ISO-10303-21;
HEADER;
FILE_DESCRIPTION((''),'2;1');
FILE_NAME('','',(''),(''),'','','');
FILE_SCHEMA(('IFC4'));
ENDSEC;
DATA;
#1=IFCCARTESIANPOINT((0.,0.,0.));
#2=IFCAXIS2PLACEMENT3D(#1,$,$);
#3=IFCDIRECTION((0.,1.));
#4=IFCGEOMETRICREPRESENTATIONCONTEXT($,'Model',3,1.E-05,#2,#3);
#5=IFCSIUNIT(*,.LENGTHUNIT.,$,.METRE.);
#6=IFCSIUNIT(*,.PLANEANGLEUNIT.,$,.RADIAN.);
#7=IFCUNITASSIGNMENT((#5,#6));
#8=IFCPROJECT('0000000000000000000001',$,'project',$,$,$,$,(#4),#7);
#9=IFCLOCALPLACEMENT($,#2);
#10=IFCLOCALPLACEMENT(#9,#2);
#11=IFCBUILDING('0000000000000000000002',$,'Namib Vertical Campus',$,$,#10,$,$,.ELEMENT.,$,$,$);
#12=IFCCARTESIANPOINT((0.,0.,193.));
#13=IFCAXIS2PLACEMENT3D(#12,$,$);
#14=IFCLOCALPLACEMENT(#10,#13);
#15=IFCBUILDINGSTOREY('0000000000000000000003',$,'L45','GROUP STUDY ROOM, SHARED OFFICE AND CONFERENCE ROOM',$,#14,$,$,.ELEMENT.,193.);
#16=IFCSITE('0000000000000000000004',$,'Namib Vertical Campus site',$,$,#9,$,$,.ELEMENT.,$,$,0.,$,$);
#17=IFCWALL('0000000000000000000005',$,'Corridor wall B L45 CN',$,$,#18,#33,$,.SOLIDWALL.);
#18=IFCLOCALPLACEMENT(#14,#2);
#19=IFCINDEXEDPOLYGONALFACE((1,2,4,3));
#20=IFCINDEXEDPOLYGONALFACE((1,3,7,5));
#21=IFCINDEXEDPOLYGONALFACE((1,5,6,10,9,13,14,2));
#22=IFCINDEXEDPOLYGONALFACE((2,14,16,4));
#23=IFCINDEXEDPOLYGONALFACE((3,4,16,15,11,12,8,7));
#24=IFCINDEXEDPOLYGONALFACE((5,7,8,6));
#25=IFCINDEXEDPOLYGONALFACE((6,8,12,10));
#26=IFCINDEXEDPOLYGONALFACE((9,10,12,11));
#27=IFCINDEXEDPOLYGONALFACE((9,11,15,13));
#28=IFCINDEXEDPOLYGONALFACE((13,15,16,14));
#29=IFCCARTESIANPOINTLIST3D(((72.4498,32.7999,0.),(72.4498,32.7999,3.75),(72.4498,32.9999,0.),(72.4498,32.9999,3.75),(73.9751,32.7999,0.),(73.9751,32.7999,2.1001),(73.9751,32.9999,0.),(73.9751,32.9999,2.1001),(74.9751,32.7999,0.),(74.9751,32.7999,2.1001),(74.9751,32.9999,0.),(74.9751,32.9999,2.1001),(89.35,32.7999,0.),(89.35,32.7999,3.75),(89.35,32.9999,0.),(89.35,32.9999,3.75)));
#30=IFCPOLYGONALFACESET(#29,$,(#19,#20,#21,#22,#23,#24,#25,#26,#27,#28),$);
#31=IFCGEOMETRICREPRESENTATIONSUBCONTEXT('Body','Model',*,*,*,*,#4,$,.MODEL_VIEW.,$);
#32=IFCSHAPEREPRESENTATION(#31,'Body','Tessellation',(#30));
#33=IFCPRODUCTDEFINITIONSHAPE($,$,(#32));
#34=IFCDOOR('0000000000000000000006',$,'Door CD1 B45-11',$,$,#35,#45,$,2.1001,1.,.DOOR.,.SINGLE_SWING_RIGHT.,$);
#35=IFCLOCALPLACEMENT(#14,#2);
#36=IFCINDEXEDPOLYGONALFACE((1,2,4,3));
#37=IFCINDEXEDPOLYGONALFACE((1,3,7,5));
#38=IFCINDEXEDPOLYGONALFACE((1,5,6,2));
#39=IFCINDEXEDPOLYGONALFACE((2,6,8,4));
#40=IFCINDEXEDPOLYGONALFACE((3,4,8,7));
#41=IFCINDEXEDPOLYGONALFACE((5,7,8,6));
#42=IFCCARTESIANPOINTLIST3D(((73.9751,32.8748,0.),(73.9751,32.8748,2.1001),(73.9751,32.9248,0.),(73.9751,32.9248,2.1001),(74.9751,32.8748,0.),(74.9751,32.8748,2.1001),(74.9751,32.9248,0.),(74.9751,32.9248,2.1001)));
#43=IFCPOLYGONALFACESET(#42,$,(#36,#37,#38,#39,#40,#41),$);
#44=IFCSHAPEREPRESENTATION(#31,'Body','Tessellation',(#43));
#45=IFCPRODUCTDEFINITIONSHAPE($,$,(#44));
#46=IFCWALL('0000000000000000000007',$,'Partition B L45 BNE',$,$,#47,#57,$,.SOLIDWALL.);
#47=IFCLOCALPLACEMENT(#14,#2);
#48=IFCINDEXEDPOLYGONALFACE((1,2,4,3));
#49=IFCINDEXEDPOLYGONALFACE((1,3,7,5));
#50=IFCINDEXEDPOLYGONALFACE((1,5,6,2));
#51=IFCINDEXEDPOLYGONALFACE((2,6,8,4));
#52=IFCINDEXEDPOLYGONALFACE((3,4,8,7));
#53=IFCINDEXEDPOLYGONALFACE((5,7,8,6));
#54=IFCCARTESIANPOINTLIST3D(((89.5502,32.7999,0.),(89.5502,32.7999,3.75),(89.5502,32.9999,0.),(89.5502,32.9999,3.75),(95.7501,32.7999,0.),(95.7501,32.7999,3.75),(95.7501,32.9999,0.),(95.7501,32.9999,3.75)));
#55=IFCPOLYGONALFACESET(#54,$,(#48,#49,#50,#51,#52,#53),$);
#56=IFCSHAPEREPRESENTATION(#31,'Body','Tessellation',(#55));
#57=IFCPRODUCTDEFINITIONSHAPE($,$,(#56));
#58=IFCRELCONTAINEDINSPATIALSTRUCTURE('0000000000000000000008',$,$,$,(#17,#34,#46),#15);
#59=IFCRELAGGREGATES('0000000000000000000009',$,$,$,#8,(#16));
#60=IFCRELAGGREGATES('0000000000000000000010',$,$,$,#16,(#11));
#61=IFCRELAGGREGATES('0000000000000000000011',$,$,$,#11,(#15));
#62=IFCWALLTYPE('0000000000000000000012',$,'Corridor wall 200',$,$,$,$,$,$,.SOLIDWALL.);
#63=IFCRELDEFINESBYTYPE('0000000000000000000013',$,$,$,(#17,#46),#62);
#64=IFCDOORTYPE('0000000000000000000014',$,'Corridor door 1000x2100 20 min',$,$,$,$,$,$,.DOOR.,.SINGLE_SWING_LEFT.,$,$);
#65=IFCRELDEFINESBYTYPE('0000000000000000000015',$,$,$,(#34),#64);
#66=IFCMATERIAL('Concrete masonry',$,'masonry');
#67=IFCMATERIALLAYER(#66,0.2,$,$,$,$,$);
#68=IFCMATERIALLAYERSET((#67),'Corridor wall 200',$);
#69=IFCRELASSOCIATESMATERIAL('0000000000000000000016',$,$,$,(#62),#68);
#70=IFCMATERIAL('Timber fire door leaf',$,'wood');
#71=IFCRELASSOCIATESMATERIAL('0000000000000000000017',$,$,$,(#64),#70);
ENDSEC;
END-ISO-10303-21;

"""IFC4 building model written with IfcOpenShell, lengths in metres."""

from ifc_helpers import new_model, si_unit, direction, frame, frame_2d, origin, place, context, subcontext, project, spatial, rectangle, extrude, material, layer, layer_set, type_object, element, fill, save


model = new_model("IFC4")

# Units and contexts
model_context = context("Model", 3, precision=1e-05, world=origin(), true_north=direction((0.0, 1.0)))
body_context = subcontext(model_context, "Body", "Model", "MODEL_VIEW")
ifc_project = project(units=[si_unit("LENGTHUNIT", "METRE"), si_unit("PLANEANGLEUNIT", "RADIAN")], contexts=[model_context])

# Site, building, storey
site_placement = place(None, origin())
site = spatial("IfcSite", under=ifc_project, at=site_placement, Name="Namib Vertical Campus site", CompositionType="ELEMENT", RefElevation=0.0)
building_placement = place(site_placement, origin())
building = spatial("IfcBuilding", under=site, at=building_placement, Name="Namib Vertical Campus", CompositionType="ELEMENT")
storey_placement = place(building_placement, frame((0.0, 0.0, 193.0)))
storey = spatial("IfcBuildingStorey", under=building, at=storey_placement, Name="L45", Description="GROUP STUDY ROOM, SHARED OFFICE AND CONFERENCE ROOM", CompositionType="ELEMENT", Elevation=193.0)

# Wall, opening, door
ifc_material_1 = material(Name="Concrete masonry", Category="masonry")
ifc_layer_1 = layer(ifc_material_1, 0.2)
ifc_layer_set_1 = layer_set([ifc_layer_1], Name="Corridor wall 200")
wall_type_1 = type_object("IfcWallType", Name="Corridor wall 200", PredefinedType="SOLIDWALL", material=ifc_layer_set_1)
wall_1_placement = place(storey_placement, frame((89.3501, 32.8999, 0.0), z_axis=(0.0, 0.0, 1.0), x_axis=(-1.0, 0.0, 0.0)))
wall_1 = element("IfcWall", 1, at=wall_1_placement, inside=storey, type_object=wall_type_1, Name="Corridor wall B L45 CN", PredefinedType="SOLIDWALL", context=body_context, shape_type="SweptSolid", body=[
    extrude(rectangle(XDim=16.9001, YDim=0.2, at=frame_2d((8.4502, 0.0))), origin(), (0.0, 0.0, 1.0), 3.75),
])
opening_1_placement = place(wall_1_placement, frame((14.375, 0.0, 0.0)))
opening_1 = element("IfcOpeningElement", 2, at=opening_1_placement, cuts=wall_1, PredefinedType="OPENING", context=body_context, shape_type="SweptSolid", body=[
    extrude(rectangle(XDim=1.0, YDim=2.1001, at=frame_2d((0.5, 1.05))), frame((0.0, 0.1099, 0.0), z_axis=(0.0, -1.0, 0.0), x_axis=(1.0, 0.0, 0.0)), (0.0, 0.0, 1.0), 0.22),
])
ifc_material_2 = material(Name="Timber fire door leaf", Category="wood")
door_type_1 = type_object("IfcDoorType", Name="Corridor door 1000x2100 20 min", OperationType="SINGLE_SWING_LEFT", PredefinedType="DOOR", material=ifc_material_2)
door_1_placement = place(opening_1_placement, frame((1.0, 0.0, 0.0), z_axis=(0.0, 0.0, 1.0), x_axis=(-1.0, 0.0, 0.0)))
door_1 = element("IfcDoor", 3, at=door_1_placement, inside=storey, type_object=door_type_1, Name="Door CD1 B45-11", OperationType="SINGLE_SWING_RIGHT", OverallHeight=2.1001, OverallWidth=1.0, PredefinedType="DOOR", context=body_context, shape_type="SweptSolid", body=[
    extrude(rectangle(XDim=1.0, YDim=2.1001, at=frame_2d((0.5, 1.05))), frame((0.0, 0.0249, 0.0), z_axis=(0.0, -1.0, 0.0), x_axis=(1.0, 0.0, 0.0)), (0.0, 0.0, 1.0), 0.05),
])
fill(opening_1, door_1)

# Wall
wall_2_placement = place(storey_placement, frame((89.55, 32.8999, 0.0), z_axis=(0.0, 0.0, 1.0), x_axis=(1.0, 0.0, 0.0)))
element("IfcWall", 4, at=wall_2_placement, inside=storey, type_object=wall_type_1, Name="Partition B L45 BNE", PredefinedType="SOLIDWALL", context=body_context, shape_type="SweptSolid", body=[
    extrude(rectangle(XDim=6.2, YDim=0.2, at=frame_2d((3.1001, 0.0))), origin(), (0.0, 0.0, 1.0), 3.75),
])

save(model, "model.ifc")
